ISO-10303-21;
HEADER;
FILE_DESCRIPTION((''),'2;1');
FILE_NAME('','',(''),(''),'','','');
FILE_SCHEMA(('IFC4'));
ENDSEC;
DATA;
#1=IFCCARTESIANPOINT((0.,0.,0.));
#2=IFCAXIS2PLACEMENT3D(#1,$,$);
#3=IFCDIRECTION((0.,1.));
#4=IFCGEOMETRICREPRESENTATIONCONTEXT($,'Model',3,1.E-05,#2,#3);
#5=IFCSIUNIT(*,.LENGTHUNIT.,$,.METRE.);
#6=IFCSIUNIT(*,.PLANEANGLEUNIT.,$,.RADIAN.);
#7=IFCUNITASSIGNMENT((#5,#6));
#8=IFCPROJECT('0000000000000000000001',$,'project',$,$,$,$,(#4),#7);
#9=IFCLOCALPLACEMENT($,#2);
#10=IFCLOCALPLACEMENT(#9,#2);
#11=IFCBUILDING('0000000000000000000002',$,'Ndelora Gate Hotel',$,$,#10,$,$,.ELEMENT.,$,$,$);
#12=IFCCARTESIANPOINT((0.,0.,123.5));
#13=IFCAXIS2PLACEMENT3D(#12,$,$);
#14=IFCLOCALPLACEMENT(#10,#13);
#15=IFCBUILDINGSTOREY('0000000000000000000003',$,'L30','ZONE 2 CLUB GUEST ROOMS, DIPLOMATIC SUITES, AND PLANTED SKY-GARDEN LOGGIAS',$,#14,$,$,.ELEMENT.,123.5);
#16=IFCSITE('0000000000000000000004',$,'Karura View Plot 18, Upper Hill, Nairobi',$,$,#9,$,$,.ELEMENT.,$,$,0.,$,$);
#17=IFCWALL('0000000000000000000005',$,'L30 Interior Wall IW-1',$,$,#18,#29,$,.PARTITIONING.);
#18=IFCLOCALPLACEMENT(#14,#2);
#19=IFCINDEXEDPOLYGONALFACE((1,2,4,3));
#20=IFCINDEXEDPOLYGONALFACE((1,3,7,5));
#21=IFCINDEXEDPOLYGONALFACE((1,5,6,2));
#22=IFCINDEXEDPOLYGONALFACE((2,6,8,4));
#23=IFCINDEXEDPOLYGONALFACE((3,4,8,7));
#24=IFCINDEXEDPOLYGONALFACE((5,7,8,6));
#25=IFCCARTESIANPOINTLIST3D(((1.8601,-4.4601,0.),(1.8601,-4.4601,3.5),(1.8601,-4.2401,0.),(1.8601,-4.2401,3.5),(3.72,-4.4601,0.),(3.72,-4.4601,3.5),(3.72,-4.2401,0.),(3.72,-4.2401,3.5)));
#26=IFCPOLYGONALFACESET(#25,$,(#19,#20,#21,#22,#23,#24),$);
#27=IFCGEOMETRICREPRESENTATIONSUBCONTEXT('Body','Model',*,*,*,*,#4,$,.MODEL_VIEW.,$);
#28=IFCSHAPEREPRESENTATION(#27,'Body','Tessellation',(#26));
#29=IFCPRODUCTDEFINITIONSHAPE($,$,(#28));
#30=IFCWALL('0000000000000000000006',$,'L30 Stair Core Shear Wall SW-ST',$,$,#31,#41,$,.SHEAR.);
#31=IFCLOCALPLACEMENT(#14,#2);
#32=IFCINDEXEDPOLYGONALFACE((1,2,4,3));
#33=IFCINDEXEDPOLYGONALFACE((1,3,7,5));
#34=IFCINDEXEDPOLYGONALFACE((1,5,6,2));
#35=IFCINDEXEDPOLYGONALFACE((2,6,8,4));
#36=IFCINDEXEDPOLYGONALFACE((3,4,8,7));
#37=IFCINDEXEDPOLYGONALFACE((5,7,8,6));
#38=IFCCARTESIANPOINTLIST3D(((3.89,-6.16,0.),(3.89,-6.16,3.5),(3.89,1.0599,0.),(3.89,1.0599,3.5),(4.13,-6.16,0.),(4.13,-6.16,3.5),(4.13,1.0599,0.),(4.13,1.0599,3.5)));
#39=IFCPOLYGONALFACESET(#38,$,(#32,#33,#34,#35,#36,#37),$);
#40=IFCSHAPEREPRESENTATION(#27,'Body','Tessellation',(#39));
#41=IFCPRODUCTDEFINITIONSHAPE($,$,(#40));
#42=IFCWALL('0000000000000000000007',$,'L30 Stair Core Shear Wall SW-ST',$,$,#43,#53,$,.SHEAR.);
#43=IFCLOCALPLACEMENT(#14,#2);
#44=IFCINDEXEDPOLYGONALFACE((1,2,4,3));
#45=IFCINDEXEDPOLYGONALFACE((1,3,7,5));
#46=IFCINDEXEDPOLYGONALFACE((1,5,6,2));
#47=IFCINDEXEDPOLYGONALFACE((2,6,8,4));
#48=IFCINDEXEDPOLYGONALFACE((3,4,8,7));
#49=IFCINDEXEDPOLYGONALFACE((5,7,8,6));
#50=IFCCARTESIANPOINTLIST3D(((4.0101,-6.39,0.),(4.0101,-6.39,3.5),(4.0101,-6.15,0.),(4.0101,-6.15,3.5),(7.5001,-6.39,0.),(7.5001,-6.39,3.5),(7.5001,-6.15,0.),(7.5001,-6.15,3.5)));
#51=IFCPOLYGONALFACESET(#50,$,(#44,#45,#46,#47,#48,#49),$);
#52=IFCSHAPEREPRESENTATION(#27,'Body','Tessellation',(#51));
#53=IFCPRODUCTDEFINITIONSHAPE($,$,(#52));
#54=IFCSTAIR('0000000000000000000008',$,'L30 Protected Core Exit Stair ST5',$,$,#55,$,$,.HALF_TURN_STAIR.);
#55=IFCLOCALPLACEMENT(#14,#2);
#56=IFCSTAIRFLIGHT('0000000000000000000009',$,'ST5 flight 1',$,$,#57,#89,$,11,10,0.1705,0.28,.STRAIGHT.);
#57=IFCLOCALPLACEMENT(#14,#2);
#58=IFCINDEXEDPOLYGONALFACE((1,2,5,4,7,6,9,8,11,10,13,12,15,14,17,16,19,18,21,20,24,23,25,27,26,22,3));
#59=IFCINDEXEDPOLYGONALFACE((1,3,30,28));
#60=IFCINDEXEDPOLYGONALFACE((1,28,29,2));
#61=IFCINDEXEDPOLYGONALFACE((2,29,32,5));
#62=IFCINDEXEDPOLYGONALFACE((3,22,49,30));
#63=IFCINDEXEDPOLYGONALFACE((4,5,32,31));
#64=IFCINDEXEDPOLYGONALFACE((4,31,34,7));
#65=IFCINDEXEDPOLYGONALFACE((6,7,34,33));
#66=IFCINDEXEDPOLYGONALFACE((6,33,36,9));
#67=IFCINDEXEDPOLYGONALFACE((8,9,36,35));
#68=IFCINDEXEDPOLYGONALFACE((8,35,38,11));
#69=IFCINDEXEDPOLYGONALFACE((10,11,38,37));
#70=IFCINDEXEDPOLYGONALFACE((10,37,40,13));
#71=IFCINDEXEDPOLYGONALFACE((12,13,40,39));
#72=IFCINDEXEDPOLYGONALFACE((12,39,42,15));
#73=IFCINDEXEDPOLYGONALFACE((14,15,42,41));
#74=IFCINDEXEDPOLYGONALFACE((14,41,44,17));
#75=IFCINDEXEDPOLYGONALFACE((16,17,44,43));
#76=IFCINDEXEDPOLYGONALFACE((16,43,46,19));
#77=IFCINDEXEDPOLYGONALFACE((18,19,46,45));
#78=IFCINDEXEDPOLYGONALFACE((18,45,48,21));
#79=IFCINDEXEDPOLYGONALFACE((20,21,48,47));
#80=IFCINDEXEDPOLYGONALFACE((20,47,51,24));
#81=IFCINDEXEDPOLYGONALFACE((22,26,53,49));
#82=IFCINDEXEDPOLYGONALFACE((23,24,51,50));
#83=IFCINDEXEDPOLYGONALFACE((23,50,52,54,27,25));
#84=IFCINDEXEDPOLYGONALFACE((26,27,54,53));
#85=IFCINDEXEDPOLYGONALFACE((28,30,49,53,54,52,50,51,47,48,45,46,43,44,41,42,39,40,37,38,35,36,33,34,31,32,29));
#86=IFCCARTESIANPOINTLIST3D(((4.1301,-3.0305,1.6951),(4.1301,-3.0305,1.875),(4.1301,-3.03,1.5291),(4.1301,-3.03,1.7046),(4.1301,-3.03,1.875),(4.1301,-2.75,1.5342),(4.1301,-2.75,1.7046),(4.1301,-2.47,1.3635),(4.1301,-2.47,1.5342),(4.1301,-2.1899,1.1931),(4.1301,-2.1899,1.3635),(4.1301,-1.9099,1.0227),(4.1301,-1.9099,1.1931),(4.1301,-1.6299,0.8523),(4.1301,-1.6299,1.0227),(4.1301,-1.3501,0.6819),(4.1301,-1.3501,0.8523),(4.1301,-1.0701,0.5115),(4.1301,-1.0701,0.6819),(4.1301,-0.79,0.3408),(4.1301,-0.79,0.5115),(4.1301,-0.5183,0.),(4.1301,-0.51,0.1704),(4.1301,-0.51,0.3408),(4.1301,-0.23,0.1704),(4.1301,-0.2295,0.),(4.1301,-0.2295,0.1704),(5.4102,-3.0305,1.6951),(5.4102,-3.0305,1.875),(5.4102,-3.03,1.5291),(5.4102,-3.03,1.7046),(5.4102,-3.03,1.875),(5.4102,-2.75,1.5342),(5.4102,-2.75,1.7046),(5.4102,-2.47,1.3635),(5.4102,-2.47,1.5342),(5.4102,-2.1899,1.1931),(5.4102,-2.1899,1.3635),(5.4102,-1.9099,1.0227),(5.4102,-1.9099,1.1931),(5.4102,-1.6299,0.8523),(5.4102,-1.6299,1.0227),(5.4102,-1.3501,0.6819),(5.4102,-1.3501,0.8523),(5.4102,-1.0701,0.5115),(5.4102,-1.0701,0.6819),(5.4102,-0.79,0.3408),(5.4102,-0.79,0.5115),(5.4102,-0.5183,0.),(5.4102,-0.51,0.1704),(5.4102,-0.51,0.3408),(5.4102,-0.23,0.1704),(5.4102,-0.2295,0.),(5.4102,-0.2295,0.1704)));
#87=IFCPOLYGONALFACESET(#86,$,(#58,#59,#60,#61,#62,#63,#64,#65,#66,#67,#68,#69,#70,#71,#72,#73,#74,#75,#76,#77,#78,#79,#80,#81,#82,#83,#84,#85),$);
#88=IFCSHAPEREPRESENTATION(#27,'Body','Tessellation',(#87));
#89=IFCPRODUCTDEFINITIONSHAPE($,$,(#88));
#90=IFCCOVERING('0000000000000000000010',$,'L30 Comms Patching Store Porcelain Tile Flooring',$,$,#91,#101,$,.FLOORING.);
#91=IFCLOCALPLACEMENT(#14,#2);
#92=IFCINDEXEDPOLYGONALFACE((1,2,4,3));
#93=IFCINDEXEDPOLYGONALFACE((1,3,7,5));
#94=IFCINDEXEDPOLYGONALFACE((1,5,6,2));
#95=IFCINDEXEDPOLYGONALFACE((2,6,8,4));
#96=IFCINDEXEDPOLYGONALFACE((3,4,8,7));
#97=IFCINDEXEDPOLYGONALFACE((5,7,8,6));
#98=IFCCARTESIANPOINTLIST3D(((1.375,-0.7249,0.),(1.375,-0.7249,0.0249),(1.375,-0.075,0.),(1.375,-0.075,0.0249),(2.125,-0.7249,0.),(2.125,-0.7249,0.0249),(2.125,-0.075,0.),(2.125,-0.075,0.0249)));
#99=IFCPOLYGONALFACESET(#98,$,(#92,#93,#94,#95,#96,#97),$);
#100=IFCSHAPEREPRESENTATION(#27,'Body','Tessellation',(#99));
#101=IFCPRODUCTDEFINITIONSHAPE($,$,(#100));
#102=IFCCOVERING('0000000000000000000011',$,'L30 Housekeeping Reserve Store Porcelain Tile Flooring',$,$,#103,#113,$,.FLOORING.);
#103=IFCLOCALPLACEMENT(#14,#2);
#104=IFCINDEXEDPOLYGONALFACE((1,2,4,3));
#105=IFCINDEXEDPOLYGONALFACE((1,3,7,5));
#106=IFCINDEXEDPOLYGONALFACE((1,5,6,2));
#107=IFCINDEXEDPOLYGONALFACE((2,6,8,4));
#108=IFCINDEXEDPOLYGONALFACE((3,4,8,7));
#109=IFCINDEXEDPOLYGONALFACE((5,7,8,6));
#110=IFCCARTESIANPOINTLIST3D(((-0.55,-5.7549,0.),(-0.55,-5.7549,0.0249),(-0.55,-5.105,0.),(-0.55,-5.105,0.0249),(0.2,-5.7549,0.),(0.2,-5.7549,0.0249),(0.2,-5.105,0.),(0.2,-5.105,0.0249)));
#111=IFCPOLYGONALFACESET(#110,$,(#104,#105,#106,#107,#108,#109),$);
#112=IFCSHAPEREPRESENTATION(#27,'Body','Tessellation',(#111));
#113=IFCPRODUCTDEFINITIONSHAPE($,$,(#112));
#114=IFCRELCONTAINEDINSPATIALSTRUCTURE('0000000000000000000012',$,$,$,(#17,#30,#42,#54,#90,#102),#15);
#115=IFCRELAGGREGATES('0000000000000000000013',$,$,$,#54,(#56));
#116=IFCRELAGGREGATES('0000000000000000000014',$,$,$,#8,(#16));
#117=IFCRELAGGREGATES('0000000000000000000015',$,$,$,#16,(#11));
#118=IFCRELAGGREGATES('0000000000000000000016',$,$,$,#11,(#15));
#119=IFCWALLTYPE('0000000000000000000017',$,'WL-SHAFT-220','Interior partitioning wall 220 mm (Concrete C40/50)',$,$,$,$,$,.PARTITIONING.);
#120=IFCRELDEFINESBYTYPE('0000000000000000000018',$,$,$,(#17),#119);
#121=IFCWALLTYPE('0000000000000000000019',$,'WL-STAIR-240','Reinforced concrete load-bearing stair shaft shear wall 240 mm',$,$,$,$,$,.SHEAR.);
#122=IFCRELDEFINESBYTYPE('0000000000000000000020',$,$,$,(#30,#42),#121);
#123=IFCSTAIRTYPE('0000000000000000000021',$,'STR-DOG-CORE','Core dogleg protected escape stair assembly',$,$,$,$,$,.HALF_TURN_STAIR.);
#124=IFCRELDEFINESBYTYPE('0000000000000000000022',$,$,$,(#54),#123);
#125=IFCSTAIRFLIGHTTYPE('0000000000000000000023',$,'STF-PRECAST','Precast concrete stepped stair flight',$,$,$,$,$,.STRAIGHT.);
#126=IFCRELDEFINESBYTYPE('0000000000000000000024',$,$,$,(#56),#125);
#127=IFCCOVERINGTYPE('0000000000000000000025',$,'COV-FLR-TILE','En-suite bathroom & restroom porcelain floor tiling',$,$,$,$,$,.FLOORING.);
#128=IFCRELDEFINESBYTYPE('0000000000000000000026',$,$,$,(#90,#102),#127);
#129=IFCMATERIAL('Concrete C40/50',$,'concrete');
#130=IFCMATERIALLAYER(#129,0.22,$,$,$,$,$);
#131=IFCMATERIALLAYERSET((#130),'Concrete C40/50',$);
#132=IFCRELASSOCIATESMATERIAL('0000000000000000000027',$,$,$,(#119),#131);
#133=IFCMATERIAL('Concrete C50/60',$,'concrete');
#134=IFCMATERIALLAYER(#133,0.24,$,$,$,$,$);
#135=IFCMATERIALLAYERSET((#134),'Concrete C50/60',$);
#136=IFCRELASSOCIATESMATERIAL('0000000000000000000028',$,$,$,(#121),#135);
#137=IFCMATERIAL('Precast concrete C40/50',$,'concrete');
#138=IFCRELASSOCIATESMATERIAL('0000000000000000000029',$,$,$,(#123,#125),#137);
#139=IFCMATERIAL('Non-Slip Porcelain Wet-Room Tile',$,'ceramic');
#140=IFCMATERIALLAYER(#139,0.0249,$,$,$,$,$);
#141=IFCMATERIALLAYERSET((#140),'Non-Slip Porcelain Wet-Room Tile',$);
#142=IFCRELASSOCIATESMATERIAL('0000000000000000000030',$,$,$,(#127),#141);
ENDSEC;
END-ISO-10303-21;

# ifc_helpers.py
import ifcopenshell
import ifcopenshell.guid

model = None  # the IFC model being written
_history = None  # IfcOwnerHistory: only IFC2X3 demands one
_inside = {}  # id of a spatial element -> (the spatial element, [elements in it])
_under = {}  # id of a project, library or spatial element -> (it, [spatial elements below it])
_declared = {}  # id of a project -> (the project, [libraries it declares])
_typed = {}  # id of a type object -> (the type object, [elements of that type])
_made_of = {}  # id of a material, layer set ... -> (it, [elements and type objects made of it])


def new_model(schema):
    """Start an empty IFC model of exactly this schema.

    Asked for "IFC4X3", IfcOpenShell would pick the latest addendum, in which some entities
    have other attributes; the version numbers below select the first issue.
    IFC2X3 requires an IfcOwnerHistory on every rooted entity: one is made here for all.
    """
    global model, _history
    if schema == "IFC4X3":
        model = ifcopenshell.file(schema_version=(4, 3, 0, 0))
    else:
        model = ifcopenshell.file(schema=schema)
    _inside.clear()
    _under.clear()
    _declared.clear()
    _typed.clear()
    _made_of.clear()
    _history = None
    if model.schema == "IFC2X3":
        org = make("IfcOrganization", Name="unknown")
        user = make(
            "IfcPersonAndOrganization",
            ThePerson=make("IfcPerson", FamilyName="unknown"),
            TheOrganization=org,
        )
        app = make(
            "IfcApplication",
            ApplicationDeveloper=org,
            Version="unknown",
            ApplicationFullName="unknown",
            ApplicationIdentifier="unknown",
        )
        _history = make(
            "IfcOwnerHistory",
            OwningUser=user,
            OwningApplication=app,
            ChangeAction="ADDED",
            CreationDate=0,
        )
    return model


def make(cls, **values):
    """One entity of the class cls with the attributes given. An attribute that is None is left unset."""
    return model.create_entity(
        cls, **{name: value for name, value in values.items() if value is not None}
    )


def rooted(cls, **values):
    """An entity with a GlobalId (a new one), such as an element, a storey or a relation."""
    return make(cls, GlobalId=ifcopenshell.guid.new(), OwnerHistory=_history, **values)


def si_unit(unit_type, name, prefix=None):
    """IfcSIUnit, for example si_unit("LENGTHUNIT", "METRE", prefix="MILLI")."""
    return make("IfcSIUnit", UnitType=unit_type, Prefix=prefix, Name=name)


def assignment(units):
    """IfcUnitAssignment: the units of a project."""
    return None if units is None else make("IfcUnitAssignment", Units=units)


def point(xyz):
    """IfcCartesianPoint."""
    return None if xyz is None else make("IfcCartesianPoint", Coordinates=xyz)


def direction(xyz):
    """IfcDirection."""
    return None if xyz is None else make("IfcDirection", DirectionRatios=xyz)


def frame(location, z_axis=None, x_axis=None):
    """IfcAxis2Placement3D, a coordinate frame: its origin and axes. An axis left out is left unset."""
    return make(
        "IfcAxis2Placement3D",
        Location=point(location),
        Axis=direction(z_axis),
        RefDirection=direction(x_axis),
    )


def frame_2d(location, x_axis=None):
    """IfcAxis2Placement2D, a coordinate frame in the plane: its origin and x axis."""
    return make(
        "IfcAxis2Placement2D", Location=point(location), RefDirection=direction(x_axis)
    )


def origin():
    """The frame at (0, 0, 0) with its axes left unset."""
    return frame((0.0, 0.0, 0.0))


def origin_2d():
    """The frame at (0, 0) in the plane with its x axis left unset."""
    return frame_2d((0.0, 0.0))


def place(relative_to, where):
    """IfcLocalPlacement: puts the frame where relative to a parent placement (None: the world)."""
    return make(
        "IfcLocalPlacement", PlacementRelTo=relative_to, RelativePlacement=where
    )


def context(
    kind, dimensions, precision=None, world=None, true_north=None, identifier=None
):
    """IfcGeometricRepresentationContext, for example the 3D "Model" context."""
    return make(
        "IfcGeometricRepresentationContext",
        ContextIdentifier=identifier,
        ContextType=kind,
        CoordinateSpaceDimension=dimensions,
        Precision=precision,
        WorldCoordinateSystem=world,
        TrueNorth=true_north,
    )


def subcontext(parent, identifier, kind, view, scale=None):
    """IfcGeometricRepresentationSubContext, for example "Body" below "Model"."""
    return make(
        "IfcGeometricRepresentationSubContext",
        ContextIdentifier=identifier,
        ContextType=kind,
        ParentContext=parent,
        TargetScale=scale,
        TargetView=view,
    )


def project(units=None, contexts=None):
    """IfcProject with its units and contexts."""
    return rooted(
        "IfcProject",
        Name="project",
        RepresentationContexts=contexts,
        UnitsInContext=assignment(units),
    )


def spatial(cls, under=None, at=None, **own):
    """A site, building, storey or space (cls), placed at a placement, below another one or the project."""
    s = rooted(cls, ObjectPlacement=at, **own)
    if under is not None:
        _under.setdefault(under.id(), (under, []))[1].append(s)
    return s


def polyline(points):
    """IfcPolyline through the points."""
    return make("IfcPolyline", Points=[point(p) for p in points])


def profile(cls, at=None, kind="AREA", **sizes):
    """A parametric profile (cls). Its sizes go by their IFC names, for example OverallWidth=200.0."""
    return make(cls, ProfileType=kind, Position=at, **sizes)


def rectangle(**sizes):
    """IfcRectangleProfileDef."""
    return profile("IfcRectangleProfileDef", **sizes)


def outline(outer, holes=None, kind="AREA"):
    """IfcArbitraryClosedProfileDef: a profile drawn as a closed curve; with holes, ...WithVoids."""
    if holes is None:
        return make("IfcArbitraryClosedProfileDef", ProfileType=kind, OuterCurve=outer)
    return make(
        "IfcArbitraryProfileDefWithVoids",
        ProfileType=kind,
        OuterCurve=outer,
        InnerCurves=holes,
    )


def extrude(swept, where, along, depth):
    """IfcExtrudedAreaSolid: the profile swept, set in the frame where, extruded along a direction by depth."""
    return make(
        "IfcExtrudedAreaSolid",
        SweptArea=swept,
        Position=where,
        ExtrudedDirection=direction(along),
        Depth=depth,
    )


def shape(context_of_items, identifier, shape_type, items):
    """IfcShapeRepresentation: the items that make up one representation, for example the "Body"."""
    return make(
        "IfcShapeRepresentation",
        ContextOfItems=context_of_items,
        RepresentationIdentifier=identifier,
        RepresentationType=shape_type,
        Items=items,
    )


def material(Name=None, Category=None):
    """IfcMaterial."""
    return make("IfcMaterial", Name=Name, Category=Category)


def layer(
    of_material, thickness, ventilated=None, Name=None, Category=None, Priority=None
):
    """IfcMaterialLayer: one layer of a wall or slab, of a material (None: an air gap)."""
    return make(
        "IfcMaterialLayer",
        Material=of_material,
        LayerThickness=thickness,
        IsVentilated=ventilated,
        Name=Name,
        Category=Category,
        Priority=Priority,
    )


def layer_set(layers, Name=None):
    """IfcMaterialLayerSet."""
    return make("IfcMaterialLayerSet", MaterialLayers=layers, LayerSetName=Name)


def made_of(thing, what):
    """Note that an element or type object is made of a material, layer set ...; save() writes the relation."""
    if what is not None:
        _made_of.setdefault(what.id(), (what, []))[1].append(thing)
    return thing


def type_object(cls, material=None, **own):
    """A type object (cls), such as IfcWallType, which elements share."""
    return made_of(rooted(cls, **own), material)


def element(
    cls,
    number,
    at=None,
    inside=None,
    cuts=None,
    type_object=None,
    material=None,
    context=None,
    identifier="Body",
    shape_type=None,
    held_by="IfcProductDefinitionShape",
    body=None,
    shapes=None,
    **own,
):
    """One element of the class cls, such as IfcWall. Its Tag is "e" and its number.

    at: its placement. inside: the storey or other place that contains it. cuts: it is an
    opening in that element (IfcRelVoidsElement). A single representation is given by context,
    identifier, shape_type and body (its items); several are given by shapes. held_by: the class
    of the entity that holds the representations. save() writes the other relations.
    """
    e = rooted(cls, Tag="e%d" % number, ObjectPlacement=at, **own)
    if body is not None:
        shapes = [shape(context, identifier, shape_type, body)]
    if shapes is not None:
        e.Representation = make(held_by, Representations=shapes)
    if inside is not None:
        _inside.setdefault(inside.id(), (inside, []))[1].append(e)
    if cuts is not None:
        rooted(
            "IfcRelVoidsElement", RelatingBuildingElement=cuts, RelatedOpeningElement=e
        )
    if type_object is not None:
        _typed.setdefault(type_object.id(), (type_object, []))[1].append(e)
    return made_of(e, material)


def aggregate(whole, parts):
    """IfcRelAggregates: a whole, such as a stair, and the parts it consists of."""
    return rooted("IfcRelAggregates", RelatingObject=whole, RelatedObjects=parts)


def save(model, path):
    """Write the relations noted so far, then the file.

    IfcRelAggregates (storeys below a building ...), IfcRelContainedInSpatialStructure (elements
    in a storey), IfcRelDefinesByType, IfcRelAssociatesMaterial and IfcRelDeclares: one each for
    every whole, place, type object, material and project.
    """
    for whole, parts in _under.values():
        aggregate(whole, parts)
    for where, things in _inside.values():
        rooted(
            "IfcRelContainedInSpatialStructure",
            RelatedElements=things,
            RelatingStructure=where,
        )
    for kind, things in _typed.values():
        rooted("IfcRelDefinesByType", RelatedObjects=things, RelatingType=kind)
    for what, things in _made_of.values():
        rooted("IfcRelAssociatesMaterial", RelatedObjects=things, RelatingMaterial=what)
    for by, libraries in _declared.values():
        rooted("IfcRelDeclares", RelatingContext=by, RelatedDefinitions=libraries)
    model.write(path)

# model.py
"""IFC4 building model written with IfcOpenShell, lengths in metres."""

from ifc_helpers import new_model, si_unit, direction, frame, frame_2d, origin, origin_2d, place, context, subcontext, project, spatial, polyline, rectangle, outline, extrude, material, layer, layer_set, type_object, element, aggregate, save


model = new_model("IFC4")

# Units and contexts
model_context = context("Model", 3, precision=1e-05, world=origin(), true_north=direction((0.0, 1.0)))
body_context = subcontext(model_context, "Body", "Model", "MODEL_VIEW")
ifc_project = project(units=[si_unit("LENGTHUNIT", "METRE"), si_unit("PLANEANGLEUNIT", "RADIAN")], contexts=[model_context])

# Site, building, storey
site_placement = place(None, origin())
site = spatial("IfcSite", under=ifc_project, at=site_placement, Name="Karura View Plot 18, Upper Hill, Nairobi", CompositionType="ELEMENT", RefElevation=0.0)
building_placement = place(site_placement, origin())
building = spatial("IfcBuilding", under=site, at=building_placement, Name="Ndelora Gate Hotel", CompositionType="ELEMENT")
storey_placement = place(building_placement, frame((0.0, 0.0, 123.5)))
storey = spatial("IfcBuildingStorey", under=building, at=storey_placement, Name="L30", Description="ZONE 2 CLUB GUEST ROOMS, DIPLOMATIC SUITES, AND PLANTED SKY-GARDEN LOGGIAS", CompositionType="ELEMENT", Elevation=123.5)

# Shared definitions
ifc_material_1 = material(Name="Precast concrete C40/50", Category="concrete")
ifc_material_2 = material(Name="Concrete C40/50", Category="concrete")

# Walls
ifc_layer_1 = layer(ifc_material_2, 0.22)
ifc_layer_set_1 = layer_set([ifc_layer_1], Name="Concrete C40/50")
wall_type_1 = type_object("IfcWallType", Name="WL-SHAFT-220", Description="Interior partitioning wall 220 mm (Concrete C40/50)", PredefinedType="PARTITIONING", material=ifc_layer_set_1)
wall_1_placement = place(storey_placement, frame((1.8601, -4.3501, 0.0), z_axis=(0.0, 0.0, 1.0), x_axis=(1.0, 0.0, 0.0)))
element("IfcWall", 1, at=wall_1_placement, inside=storey, type_object=wall_type_1, Name="L30 Interior Wall IW-1", PredefinedType="PARTITIONING", context=body_context, shape_type="SweptSolid", body=[
    extrude(rectangle(XDim=1.8599, YDim=0.22, at=frame_2d((0.9299, 0.0))), origin(), (0.0, 0.0, 1.0), 3.5),
])
ifc_material_3 = material(Name="Concrete C50/60", Category="concrete")
ifc_layer_2 = layer(ifc_material_3, 0.24)
ifc_layer_set_2 = layer_set([ifc_layer_2], Name="Concrete C50/60")
wall_type_2 = type_object("IfcWallType", Name="WL-STAIR-240", Description="Reinforced concrete load-bearing stair shaft shear wall 240 mm", PredefinedType="SHEAR", material=ifc_layer_set_2)
wall_2_placement = place(storey_placement, frame((4.01, -6.1599, 0.0), z_axis=(0.0, 0.0, 1.0), x_axis=(0.0, 1.0, 0.0)))
element("IfcWall", 2, at=wall_2_placement, inside=storey, type_object=wall_type_2, Name="L30 Stair Core Shear Wall SW-ST", PredefinedType="SHEAR", context=body_context, shape_type="SweptSolid", body=[
    extrude(rectangle(XDim=7.22, YDim=0.24, at=frame_2d((3.6099, 0.0))), origin(), (0.0, 0.0, 1.0), 3.5),
])
wall_3_placement = place(storey_placement, frame((4.01, -6.27, 0.0), z_axis=(0.0, 0.0, 1.0), x_axis=(1.0, 0.0, 0.0)))
element("IfcWall", 3, at=wall_3_placement, inside=storey, type_object=wall_type_2, Name="L30 Stair Core Shear Wall SW-ST", PredefinedType="SHEAR", context=body_context, shape_type="SweptSolid", body=[
    extrude(rectangle(XDim=3.49, YDim=0.24, at=frame_2d((1.7451, 0.0))), origin(), (0.0, 0.0, 1.0), 3.5),
])

# Stair, stair flight
stair_type = type_object("IfcStairType", Name="STR-DOG-CORE", Description="Core dogleg protected escape stair assembly", PredefinedType="HALF_TURN_STAIR", material=ifc_material_1)
stair_placement = place(storey_placement, origin())
stair = element("IfcStair", 4, at=stair_placement, inside=storey, type_object=stair_type, Name="L30 Protected Core Exit Stair ST5", PredefinedType="HALF_TURN_STAIR")
stair_flight_type = type_object("IfcStairFlightType", Name="STF-PRECAST", Description="Precast concrete stepped stair flight", PredefinedType="STRAIGHT", material=ifc_material_1)
stair_flight_placement = place(storey_placement, frame((4.77, -0.23, 0.0), z_axis=(0.0, 0.0, 1.0), x_axis=(0.0, -1.0, 0.0)))
stair_flight = element("IfcStairFlight", 5, at=stair_flight_placement, type_object=stair_flight_type, Name="ST5 flight 1", NumberOfRisers=11, NumberOfTreads=10, PredefinedType="STRAIGHT", RiserHeight=0.1705, TreadLength=0.28, context=body_context, shape_type="SweptSolid", body=[
    extrude(outline(polyline([(-0.0005, 0.0), (-0.0005, 0.1704), (0.0, 0.1704), (0.28, 0.1704), (0.28, 0.3408), (0.5601, 0.3408), (0.5601, 0.5115), (0.8401, 0.5115), (0.8401, 0.6819), (1.1201, 0.6819), (1.1201, 0.8523), (1.3999, 0.8523), (1.3999, 1.0227), (1.6799, 1.0227), (1.6799, 1.1931), (1.96, 1.1931), (1.96, 1.3635), (2.24, 1.3635), (2.24, 1.5342), (2.52, 1.5342), (2.52, 1.7046), (2.8, 1.7046), (2.8, 1.875), (2.8005, 1.875), (2.8005, 1.6951), (2.8, 1.5291), (0.2883, 0.0), (-0.0005, 0.0)])), frame((0.0, 0.6401, 0.0), z_axis=(0.0, -1.0, 0.0), x_axis=(1.0, 0.0, 0.0)), (0.0, 0.0, 1.0), 1.28),
])
aggregate(stair, [stair_flight])

# Coverings
ifc_material_4 = material(Name="Non-Slip Porcelain Wet-Room Tile", Category="ceramic")
ifc_layer_3 = layer(ifc_material_4, 0.0249)
ifc_layer_set_3 = layer_set([ifc_layer_3], Name="Non-Slip Porcelain Wet-Room Tile")
covering_type = type_object("IfcCoveringType", Name="COV-FLR-TILE", Description="En-suite bathroom & restroom porcelain floor tiling", PredefinedType="FLOORING", material=ifc_layer_set_3)
for number, where, z_axis, x_axis, name in (
    (6, (1.75, -0.3999, 0.0), (0.0, 0.0, 1.0), (1.0, 0.0, 0.0), "L30 Comms Patching Store Porcelain Tile Flooring"),
    (7, (-0.175, -5.4299, 0.0), (0.0, 0.0, 1.0), (1.0, 0.0, 0.0), "L30 Housekeeping Reserve Store Porcelain Tile Flooring"),
):
    element("IfcCovering", number, at=place(storey_placement, frame(where, z_axis=z_axis, x_axis=x_axis)), inside=storey, type_object=covering_type, Name=name, PredefinedType="FLOORING", context=body_context, shape_type="SweptSolid", body=[
        extrude(rectangle(XDim=0.75, YDim=0.6499, at=origin_2d()), origin(), (0.0, 0.0, 1.0), 0.0249),
    ])

save(model, "model.ifc")
